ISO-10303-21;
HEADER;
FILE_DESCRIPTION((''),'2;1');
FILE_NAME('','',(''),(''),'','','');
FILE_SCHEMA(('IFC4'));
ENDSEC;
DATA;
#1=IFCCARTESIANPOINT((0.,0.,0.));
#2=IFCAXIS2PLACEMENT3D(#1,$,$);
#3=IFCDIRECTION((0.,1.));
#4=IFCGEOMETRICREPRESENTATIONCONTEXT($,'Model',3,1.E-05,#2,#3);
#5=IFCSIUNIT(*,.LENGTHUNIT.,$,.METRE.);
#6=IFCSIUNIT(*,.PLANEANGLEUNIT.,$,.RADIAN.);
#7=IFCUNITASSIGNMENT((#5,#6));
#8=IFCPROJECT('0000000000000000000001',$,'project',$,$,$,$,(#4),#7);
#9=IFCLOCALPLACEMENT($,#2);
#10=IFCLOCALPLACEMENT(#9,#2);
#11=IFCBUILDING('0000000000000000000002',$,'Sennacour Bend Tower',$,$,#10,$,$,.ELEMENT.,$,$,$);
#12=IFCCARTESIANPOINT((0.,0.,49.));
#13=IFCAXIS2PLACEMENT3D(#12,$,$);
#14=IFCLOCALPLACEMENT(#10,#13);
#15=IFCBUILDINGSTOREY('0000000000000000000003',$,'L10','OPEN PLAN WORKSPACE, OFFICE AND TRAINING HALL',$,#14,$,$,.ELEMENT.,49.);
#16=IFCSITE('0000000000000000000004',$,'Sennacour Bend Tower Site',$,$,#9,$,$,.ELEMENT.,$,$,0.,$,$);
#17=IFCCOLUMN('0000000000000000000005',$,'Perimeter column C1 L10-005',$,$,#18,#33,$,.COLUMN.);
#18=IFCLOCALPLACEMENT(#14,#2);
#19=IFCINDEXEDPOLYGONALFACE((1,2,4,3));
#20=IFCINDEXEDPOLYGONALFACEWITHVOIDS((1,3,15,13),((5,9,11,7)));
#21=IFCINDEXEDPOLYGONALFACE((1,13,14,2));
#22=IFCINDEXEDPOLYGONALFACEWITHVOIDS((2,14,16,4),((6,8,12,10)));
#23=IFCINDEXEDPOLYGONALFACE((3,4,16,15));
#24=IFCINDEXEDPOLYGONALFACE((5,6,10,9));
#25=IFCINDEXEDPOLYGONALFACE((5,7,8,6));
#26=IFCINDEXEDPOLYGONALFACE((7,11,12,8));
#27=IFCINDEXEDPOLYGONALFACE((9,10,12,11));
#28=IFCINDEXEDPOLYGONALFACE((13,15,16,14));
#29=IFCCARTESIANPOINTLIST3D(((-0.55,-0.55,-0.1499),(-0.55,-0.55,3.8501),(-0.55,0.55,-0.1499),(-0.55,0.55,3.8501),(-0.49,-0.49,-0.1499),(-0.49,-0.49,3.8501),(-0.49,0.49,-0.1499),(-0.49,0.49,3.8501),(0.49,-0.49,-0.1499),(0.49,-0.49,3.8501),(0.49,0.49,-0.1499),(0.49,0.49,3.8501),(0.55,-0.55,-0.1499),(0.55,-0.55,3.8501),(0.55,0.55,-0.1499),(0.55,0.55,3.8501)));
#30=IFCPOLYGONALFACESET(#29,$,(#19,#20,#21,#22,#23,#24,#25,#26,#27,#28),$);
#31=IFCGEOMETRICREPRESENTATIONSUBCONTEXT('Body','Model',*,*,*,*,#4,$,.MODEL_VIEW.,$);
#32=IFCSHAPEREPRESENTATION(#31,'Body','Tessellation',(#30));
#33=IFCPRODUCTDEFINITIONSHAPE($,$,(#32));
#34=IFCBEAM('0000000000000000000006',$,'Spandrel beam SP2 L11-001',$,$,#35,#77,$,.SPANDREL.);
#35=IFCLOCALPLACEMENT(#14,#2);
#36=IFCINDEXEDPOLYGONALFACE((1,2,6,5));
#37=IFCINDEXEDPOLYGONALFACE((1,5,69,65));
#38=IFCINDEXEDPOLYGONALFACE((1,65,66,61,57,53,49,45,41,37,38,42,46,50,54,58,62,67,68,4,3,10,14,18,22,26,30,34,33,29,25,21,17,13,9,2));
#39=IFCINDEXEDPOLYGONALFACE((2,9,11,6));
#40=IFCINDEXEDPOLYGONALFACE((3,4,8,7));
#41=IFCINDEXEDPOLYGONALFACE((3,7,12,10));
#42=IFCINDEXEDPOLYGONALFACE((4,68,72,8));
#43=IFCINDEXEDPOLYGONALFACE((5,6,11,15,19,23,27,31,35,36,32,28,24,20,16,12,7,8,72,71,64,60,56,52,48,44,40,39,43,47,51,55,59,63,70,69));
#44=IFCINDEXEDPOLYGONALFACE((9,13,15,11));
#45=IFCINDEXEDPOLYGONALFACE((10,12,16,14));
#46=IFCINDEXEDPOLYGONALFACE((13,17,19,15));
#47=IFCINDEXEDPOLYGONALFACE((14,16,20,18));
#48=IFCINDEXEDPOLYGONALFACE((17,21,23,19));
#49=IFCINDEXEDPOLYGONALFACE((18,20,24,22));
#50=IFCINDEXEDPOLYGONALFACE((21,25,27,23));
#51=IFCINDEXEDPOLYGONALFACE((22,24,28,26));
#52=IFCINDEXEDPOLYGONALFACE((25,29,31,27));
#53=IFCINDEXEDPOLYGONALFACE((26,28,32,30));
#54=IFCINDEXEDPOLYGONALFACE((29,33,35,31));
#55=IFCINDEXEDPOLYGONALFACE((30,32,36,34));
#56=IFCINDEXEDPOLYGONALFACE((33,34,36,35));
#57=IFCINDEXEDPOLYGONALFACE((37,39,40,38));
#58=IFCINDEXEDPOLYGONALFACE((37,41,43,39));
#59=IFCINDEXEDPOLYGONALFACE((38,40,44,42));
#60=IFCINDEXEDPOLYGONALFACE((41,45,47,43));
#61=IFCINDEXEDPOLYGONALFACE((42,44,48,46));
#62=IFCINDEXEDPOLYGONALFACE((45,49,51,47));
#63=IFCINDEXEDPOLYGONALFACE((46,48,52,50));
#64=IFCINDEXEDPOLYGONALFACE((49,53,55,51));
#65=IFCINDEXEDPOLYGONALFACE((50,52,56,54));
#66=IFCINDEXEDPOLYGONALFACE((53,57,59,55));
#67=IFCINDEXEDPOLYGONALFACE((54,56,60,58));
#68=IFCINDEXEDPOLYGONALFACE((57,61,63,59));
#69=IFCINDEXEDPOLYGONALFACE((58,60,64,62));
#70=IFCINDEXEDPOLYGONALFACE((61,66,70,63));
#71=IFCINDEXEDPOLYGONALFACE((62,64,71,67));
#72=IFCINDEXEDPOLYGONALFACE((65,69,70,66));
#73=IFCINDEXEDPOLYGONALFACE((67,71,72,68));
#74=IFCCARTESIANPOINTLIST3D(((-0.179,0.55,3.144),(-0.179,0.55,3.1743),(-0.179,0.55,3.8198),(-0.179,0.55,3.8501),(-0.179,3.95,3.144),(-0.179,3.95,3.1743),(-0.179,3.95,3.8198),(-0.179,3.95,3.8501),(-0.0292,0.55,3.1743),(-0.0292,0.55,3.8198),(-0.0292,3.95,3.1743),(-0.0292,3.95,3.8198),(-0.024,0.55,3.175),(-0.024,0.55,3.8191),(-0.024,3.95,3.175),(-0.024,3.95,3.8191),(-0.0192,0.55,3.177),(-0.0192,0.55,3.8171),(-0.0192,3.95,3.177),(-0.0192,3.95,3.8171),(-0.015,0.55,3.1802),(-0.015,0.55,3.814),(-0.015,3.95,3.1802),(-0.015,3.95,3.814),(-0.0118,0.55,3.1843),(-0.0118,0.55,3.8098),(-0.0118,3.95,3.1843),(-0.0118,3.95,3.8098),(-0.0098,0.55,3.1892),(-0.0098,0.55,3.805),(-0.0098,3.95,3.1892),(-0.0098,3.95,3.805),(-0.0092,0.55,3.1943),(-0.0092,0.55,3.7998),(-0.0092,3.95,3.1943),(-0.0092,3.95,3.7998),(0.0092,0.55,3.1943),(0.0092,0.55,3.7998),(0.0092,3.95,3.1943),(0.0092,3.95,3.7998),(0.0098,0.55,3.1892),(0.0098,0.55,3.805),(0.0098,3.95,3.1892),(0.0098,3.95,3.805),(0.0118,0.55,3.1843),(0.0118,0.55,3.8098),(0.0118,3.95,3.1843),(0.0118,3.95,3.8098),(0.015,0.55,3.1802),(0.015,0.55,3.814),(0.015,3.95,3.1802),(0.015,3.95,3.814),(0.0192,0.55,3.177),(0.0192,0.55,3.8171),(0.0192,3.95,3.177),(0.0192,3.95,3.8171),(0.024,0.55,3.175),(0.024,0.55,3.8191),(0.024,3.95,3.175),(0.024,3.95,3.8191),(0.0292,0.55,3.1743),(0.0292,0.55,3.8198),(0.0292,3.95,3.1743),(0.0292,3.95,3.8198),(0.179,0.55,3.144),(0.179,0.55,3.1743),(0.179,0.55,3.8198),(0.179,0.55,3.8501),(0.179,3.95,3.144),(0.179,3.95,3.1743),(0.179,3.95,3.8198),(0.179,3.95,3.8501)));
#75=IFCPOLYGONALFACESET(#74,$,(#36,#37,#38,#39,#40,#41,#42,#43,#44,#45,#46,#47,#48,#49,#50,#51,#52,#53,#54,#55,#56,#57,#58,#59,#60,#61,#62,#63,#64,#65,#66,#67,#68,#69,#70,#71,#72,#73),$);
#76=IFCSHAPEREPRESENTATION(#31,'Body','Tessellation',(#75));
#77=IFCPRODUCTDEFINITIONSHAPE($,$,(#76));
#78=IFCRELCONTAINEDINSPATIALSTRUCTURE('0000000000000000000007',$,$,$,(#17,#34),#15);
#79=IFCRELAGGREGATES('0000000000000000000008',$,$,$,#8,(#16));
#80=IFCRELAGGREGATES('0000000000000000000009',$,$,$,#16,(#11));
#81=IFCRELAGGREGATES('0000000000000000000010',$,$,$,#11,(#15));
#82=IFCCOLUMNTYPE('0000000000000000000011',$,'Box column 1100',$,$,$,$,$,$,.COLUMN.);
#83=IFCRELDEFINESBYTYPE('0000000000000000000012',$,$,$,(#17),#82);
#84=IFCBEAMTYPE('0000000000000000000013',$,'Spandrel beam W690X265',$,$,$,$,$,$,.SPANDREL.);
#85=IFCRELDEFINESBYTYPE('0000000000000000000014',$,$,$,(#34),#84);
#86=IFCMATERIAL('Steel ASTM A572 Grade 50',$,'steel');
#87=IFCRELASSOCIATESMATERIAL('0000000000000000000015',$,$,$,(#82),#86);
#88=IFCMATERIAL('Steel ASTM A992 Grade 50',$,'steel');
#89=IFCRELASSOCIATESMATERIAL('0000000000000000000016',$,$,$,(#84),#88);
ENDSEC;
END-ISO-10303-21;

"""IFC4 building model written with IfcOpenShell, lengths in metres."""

from ifc_helpers import new_model, si_unit, direction, frame, origin, origin_2d, place, context, subcontext, project, spatial, hollow_rectangle, i_section, extrude, material, material_profile, profile_set, type_object, element, save


model = new_model("IFC4")

# Units and contexts
model_context = context("Model", 3, precision=1e-05, world=origin(), true_north=direction((0.0, 1.0)))
body_context = subcontext(model_context, "Body", "Model", "MODEL_VIEW")
ifc_project = project(units=[si_unit("LENGTHUNIT", "METRE"), si_unit("PLANEANGLEUNIT", "RADIAN")], contexts=[model_context])

# Site, building, storey
site_placement = place(None, origin())
site = spatial("IfcSite", under=ifc_project, at=site_placement, Name="Sennacour Bend Tower Site", CompositionType="ELEMENT", RefElevation=0.0)
building_placement = place(site_placement, origin())
building = spatial("IfcBuilding", under=site, at=building_placement, Name="Sennacour Bend Tower", CompositionType="ELEMENT")
storey_placement = place(building_placement, frame((0.0, 0.0, 49.0)))
storey = spatial("IfcBuildingStorey", under=building, at=storey_placement, Name="L10", Description="OPEN PLAN WORKSPACE, OFFICE AND TRAINING HALL", CompositionType="ELEMENT", Elevation=49.0)

# Column
ifc_material_1 = material(Name="Steel ASTM A572 Grade 50", Category="steel")
ifc_material_profile_1 = material_profile(ifc_material_1, hollow_rectangle(XDim=1.1001, YDim=1.1001, WallThickness=0.0601, at=origin_2d()), Name="Steel ASTM A572 Grade 50", Category="steel")
ifc_profile_set_1 = profile_set([ifc_material_profile_1], Name="Steel ASTM A572 Grade 50")
column_type = type_object("IfcColumnType", Name="Box column 1100", PredefinedType="COLUMN", material=ifc_profile_set_1)
column_placement = place(storey_placement, frame((0.0, 0.0, -0.1499), z_axis=(0.0, 0.0, 1.0), x_axis=(1.0, 0.0, 0.0)))
element("IfcColumn", 1, at=column_placement, inside=storey, type_object=column_type, Name="Perimeter column C1 L10-005", PredefinedType="COLUMN", context=body_context, shape_type="SweptSolid", body=[
    extrude(hollow_rectangle(XDim=1.1001, YDim=1.1001, WallThickness=0.0601, at=origin_2d()), origin(), (0.0, 0.0, 1.0), 4.0),
])

# Beam
ifc_material_2 = material(Name="Steel ASTM A992 Grade 50", Category="steel")
ifc_material_profile_2 = material_profile(ifc_material_2, i_section(OverallWidth=0.3579, OverallDepth=0.7061, WebThickness=0.0183, FlangeThickness=0.0303, FilletRadius=0.02, at=origin_2d()), Name="Steel ASTM A992 Grade 50", Category="steel")
ifc_profile_set_2 = profile_set([ifc_material_profile_2], Name="Steel ASTM A992 Grade 50")
beam_type = type_object("IfcBeamType", Name="Spandrel beam W690X265", PredefinedType="SPANDREL", material=ifc_profile_set_2)
beam_placement = place(storey_placement, frame((0.0, 0.55, 3.4971), z_axis=(0.0, 1.0, 0.0), x_axis=(-1.0, 0.0, 0.0)))
element("IfcBeam", 2, at=beam_placement, inside=storey, type_object=beam_type, Name="Spandrel beam SP2 L11-001", PredefinedType="SPANDREL", context=body_context, shape_type="SweptSolid", body=[
    extrude(i_section(OverallWidth=0.3579, OverallDepth=0.7061, WebThickness=0.0183, FlangeThickness=0.0303, FilletRadius=0.02, at=origin_2d()), origin(), (0.0, 0.0, 1.0), 3.3999),
])

save(model, "model.ifc")
